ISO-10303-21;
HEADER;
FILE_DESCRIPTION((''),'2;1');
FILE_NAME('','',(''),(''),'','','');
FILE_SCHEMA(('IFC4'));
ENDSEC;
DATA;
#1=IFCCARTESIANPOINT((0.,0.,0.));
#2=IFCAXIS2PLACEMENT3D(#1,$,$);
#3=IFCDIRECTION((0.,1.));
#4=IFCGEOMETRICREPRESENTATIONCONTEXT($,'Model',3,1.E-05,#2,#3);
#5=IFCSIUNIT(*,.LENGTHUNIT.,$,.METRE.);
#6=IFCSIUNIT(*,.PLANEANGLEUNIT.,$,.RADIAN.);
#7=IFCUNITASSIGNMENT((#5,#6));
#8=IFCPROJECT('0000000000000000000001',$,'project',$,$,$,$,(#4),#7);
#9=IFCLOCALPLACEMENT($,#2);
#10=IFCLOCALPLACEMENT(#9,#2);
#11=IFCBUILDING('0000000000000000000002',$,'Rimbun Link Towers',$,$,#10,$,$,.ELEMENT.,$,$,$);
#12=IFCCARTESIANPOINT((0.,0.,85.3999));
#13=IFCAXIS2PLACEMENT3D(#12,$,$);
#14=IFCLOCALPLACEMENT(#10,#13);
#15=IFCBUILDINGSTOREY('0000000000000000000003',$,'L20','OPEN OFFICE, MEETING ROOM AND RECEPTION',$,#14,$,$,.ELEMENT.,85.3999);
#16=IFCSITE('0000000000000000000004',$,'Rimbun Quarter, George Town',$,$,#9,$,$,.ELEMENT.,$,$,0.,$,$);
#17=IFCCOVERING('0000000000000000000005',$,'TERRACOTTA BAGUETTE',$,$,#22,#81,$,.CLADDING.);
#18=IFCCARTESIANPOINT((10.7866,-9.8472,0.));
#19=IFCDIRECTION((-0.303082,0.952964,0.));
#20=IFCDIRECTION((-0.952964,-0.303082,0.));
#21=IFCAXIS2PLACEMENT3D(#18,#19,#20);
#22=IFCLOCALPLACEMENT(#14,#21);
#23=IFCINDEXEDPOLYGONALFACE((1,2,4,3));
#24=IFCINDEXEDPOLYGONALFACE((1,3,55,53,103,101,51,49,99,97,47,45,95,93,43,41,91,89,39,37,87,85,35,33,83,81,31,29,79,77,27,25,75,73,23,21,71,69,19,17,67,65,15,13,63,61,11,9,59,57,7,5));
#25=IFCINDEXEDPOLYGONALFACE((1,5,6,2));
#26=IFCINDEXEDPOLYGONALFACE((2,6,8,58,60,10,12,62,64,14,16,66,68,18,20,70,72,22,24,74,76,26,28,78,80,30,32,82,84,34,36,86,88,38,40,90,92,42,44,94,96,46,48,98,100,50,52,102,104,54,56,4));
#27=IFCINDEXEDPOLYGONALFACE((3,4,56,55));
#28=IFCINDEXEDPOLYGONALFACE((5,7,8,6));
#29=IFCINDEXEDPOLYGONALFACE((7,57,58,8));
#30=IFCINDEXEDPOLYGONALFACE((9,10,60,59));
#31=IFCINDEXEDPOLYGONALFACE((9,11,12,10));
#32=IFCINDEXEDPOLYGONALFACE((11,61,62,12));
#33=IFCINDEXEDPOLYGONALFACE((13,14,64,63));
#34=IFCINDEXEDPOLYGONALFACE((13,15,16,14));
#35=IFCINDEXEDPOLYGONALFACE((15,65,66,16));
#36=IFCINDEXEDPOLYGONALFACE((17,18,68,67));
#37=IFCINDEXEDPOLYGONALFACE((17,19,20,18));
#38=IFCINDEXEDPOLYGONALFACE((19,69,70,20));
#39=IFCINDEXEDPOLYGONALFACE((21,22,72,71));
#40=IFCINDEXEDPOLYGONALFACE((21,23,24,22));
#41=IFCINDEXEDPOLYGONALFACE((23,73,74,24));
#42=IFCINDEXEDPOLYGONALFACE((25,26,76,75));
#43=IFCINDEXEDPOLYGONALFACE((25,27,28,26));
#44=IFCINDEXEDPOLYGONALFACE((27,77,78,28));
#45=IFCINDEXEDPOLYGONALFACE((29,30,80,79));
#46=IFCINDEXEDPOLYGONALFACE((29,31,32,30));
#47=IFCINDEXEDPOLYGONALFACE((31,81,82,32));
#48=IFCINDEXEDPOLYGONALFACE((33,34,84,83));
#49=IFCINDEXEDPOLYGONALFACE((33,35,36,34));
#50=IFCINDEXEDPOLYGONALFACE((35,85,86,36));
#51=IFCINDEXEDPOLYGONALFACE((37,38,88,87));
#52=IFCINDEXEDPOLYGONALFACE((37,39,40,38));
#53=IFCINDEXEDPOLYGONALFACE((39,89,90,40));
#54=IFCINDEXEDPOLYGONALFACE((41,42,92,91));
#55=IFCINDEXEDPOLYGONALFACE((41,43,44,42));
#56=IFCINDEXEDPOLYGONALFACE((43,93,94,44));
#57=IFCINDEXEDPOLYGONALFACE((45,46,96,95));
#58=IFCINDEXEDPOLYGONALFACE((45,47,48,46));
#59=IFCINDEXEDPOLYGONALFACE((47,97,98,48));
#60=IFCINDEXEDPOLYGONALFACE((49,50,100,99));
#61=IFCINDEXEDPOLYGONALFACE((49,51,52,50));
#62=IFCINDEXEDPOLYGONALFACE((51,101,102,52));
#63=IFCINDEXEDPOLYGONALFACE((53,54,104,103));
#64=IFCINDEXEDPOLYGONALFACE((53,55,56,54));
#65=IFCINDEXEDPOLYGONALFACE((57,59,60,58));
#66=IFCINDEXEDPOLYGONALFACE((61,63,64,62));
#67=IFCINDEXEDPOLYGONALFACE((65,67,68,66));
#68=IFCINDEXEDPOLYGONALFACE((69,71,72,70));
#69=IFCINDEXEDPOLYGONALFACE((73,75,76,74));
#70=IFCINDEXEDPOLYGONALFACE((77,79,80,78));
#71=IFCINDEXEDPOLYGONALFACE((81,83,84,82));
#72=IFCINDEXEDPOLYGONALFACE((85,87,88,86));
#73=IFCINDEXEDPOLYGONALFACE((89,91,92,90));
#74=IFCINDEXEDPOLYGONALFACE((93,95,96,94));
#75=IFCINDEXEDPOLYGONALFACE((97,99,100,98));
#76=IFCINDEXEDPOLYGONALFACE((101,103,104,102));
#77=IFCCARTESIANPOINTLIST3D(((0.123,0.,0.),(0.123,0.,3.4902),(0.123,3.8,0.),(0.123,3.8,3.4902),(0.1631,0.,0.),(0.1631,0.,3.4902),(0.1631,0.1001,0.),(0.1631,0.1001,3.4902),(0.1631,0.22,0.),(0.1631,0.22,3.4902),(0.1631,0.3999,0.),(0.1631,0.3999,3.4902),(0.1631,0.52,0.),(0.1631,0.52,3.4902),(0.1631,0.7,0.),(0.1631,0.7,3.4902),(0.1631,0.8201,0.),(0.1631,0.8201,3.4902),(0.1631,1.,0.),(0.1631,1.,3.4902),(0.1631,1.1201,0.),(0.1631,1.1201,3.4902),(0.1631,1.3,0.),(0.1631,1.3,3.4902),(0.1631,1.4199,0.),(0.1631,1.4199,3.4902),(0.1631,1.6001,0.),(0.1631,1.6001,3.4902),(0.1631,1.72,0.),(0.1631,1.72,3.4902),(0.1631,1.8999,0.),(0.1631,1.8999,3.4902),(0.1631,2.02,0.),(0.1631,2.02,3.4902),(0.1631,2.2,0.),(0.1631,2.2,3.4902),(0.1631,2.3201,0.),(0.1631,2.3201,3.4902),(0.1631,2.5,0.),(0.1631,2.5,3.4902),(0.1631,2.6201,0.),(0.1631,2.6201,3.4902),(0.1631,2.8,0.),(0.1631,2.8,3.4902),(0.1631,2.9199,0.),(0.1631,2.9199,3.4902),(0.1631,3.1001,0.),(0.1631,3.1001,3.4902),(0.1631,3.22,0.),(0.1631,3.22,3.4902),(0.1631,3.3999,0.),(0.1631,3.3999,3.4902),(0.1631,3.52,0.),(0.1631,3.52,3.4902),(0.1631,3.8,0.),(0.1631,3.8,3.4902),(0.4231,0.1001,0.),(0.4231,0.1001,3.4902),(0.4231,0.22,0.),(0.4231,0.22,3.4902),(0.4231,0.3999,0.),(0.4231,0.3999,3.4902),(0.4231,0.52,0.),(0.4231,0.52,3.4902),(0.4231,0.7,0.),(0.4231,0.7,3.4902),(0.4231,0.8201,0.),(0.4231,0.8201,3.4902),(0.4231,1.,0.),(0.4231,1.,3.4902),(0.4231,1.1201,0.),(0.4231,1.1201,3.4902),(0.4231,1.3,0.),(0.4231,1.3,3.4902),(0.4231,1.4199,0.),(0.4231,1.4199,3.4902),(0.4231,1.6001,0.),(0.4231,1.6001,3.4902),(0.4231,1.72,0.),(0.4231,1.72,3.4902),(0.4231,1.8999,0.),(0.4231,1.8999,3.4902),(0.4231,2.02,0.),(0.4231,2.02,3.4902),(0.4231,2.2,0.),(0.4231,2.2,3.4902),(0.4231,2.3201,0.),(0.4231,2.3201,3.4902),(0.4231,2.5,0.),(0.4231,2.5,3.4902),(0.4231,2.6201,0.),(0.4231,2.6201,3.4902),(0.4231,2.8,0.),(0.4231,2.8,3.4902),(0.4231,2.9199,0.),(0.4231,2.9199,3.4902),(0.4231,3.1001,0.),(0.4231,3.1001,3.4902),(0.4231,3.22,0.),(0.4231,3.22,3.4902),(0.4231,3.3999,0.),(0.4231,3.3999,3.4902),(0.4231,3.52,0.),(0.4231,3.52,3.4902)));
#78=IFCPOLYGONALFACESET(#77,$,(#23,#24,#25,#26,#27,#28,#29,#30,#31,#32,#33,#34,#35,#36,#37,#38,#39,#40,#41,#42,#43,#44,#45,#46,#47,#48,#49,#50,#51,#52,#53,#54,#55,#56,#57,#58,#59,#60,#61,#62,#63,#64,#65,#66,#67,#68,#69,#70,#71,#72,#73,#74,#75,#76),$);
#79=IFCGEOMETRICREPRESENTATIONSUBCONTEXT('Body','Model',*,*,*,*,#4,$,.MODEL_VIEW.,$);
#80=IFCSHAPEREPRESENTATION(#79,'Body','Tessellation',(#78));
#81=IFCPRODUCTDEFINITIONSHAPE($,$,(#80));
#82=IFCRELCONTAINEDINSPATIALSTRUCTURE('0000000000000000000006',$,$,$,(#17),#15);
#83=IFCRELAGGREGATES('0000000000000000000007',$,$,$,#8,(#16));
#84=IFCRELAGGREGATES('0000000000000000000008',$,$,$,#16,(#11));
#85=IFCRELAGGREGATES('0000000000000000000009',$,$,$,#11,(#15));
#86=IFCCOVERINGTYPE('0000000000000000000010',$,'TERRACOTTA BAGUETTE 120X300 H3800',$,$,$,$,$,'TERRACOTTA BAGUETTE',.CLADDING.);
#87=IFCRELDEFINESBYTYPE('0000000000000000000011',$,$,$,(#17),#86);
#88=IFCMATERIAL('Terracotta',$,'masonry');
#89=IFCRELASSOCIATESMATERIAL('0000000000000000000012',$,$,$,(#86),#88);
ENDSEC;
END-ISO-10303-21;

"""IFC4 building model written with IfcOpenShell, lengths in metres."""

from ifc_helpers import new_model, si_unit, direction, frame, origin, place, context, subcontext, project, spatial, polyline, outline, extrude, material, material_profile, profile_set, type_object, element, save


model = new_model("IFC4")

# Units and contexts
model_context = context("Model", 3, precision=1e-05, world=origin(), true_north=direction((0.0, 1.0)))
body_context = subcontext(model_context, "Body", "Model", "MODEL_VIEW")
ifc_project = project(units=[si_unit("LENGTHUNIT", "METRE"), si_unit("PLANEANGLEUNIT", "RADIAN")], contexts=[model_context])

# Site, building, storey
site_placement = place(None, origin())
site = spatial("IfcSite", under=ifc_project, at=site_placement, Name="Rimbun Quarter, George Town", CompositionType="ELEMENT", RefElevation=0.0)
building_placement = place(site_placement, origin())
building = spatial("IfcBuilding", under=site, at=building_placement, Name="Rimbun Link Towers", CompositionType="ELEMENT")
storey_placement = place(building_placement, frame((0.0, 0.0, 85.3999)))
storey = spatial("IfcBuildingStorey", under=building, at=storey_placement, Name="L20", Description="OPEN OFFICE, MEETING ROOM AND RECEPTION", CompositionType="ELEMENT", Elevation=85.3999)

# Covering
ifc_material_1 = material(Name="Terracotta", Category="masonry")
ifc_material_profile_1 = material_profile(ifc_material_1, outline(polyline([(0.123, 0.0), (0.1631, 0.0), (0.1631, 0.1001), (0.4231, 0.1001), (0.4231, 0.22), (0.1631, 0.22), (0.1631, 0.3999), (0.4231, 0.3999), (0.4231, 0.52), (0.1631, 0.52), (0.1631, 0.7), (0.4231, 0.7), (0.4231, 0.8201), (0.1631, 0.8201), (0.1631, 1.0), (0.4231, 1.0), (0.4231, 1.1201), (0.1631, 1.1201), (0.1631, 1.3), (0.4231, 1.3), (0.4231, 1.4199), (0.1631, 1.4199), (0.1631, 1.6001), (0.4231, 1.6001), (0.4231, 1.72), (0.1631, 1.72), (0.1631, 1.8999), (0.4231, 1.8999), (0.4231, 2.02), (0.1631, 2.02), (0.1631, 2.2), (0.4231, 2.2), (0.4231, 2.3201), (0.1631, 2.3201), (0.1631, 2.5), (0.4231, 2.5), (0.4231, 2.6201), (0.1631, 2.6201), (0.1631, 2.8), (0.4231, 2.8), (0.4231, 2.9199), (0.1631, 2.9199), (0.1631, 3.1001), (0.4231, 3.1001), (0.4231, 3.22), (0.1631, 3.22), (0.1631, 3.3999), (0.4231, 3.3999), (0.4231, 3.52), (0.1631, 3.52), (0.1631, 3.8), (0.123, 3.8), (0.123, 0.0)])), Name="BAGUETTE 120X300")
ifc_profile_set_1 = profile_set([ifc_material_profile_1], Name="Terracotta")
covering_type_1 = type_object("IfcCoveringType", Name="TERRACOTTA BAGUETTE 120X300 H3800", ElementType="TERRACOTTA BAGUETTE", PredefinedType="CLADDING", material=ifc_profile_set_1)
covering_1_placement = place(storey_placement, frame((10.7866, -9.8472, 0.0), z_axis=(-0.303082, 0.952964, 0.0), x_axis=(-0.952964, -0.303082, 0.0)))
element("IfcCovering", 1, at=covering_1_placement, inside=storey, type_object=covering_type_1, Name="TERRACOTTA BAGUETTE", PredefinedType="CLADDING", context=body_context, shape_type="SweptSolid", body=[
    extrude(outline(polyline([(0.123, 0.0), (0.1631, 0.0), (0.1631, 0.1001), (0.4231, 0.1001), (0.4231, 0.22), (0.1631, 0.22), (0.1631, 0.3999), (0.4231, 0.3999), (0.4231, 0.52), (0.1631, 0.52), (0.1631, 0.7), (0.4231, 0.7), (0.4231, 0.8201), (0.1631, 0.8201), (0.1631, 1.0), (0.4231, 1.0), (0.4231, 1.1201), (0.1631, 1.1201), (0.1631, 1.3), (0.4231, 1.3), (0.4231, 1.4199), (0.1631, 1.4199), (0.1631, 1.6001), (0.4231, 1.6001), (0.4231, 1.72), (0.1631, 1.72), (0.1631, 1.8999), (0.4231, 1.8999), (0.4231, 2.02), (0.1631, 2.02), (0.1631, 2.2), (0.4231, 2.2), (0.4231, 2.3201), (0.1631, 2.3201), (0.1631, 2.5), (0.4231, 2.5), (0.4231, 2.6201), (0.1631, 2.6201), (0.1631, 2.8), (0.4231, 2.8), (0.4231, 2.9199), (0.1631, 2.9199), (0.1631, 3.1001), (0.4231, 3.1001), (0.4231, 3.22), (0.1631, 3.22), (0.1631, 3.3999), (0.4231, 3.3999), (0.4231, 3.52), (0.1631, 3.52), (0.1631, 3.8), (0.123, 3.8), (0.123, 0.0)])), origin(), (0.0, 0.0, 1.0), 3.4902),
])

save(model, "model.ifc")
